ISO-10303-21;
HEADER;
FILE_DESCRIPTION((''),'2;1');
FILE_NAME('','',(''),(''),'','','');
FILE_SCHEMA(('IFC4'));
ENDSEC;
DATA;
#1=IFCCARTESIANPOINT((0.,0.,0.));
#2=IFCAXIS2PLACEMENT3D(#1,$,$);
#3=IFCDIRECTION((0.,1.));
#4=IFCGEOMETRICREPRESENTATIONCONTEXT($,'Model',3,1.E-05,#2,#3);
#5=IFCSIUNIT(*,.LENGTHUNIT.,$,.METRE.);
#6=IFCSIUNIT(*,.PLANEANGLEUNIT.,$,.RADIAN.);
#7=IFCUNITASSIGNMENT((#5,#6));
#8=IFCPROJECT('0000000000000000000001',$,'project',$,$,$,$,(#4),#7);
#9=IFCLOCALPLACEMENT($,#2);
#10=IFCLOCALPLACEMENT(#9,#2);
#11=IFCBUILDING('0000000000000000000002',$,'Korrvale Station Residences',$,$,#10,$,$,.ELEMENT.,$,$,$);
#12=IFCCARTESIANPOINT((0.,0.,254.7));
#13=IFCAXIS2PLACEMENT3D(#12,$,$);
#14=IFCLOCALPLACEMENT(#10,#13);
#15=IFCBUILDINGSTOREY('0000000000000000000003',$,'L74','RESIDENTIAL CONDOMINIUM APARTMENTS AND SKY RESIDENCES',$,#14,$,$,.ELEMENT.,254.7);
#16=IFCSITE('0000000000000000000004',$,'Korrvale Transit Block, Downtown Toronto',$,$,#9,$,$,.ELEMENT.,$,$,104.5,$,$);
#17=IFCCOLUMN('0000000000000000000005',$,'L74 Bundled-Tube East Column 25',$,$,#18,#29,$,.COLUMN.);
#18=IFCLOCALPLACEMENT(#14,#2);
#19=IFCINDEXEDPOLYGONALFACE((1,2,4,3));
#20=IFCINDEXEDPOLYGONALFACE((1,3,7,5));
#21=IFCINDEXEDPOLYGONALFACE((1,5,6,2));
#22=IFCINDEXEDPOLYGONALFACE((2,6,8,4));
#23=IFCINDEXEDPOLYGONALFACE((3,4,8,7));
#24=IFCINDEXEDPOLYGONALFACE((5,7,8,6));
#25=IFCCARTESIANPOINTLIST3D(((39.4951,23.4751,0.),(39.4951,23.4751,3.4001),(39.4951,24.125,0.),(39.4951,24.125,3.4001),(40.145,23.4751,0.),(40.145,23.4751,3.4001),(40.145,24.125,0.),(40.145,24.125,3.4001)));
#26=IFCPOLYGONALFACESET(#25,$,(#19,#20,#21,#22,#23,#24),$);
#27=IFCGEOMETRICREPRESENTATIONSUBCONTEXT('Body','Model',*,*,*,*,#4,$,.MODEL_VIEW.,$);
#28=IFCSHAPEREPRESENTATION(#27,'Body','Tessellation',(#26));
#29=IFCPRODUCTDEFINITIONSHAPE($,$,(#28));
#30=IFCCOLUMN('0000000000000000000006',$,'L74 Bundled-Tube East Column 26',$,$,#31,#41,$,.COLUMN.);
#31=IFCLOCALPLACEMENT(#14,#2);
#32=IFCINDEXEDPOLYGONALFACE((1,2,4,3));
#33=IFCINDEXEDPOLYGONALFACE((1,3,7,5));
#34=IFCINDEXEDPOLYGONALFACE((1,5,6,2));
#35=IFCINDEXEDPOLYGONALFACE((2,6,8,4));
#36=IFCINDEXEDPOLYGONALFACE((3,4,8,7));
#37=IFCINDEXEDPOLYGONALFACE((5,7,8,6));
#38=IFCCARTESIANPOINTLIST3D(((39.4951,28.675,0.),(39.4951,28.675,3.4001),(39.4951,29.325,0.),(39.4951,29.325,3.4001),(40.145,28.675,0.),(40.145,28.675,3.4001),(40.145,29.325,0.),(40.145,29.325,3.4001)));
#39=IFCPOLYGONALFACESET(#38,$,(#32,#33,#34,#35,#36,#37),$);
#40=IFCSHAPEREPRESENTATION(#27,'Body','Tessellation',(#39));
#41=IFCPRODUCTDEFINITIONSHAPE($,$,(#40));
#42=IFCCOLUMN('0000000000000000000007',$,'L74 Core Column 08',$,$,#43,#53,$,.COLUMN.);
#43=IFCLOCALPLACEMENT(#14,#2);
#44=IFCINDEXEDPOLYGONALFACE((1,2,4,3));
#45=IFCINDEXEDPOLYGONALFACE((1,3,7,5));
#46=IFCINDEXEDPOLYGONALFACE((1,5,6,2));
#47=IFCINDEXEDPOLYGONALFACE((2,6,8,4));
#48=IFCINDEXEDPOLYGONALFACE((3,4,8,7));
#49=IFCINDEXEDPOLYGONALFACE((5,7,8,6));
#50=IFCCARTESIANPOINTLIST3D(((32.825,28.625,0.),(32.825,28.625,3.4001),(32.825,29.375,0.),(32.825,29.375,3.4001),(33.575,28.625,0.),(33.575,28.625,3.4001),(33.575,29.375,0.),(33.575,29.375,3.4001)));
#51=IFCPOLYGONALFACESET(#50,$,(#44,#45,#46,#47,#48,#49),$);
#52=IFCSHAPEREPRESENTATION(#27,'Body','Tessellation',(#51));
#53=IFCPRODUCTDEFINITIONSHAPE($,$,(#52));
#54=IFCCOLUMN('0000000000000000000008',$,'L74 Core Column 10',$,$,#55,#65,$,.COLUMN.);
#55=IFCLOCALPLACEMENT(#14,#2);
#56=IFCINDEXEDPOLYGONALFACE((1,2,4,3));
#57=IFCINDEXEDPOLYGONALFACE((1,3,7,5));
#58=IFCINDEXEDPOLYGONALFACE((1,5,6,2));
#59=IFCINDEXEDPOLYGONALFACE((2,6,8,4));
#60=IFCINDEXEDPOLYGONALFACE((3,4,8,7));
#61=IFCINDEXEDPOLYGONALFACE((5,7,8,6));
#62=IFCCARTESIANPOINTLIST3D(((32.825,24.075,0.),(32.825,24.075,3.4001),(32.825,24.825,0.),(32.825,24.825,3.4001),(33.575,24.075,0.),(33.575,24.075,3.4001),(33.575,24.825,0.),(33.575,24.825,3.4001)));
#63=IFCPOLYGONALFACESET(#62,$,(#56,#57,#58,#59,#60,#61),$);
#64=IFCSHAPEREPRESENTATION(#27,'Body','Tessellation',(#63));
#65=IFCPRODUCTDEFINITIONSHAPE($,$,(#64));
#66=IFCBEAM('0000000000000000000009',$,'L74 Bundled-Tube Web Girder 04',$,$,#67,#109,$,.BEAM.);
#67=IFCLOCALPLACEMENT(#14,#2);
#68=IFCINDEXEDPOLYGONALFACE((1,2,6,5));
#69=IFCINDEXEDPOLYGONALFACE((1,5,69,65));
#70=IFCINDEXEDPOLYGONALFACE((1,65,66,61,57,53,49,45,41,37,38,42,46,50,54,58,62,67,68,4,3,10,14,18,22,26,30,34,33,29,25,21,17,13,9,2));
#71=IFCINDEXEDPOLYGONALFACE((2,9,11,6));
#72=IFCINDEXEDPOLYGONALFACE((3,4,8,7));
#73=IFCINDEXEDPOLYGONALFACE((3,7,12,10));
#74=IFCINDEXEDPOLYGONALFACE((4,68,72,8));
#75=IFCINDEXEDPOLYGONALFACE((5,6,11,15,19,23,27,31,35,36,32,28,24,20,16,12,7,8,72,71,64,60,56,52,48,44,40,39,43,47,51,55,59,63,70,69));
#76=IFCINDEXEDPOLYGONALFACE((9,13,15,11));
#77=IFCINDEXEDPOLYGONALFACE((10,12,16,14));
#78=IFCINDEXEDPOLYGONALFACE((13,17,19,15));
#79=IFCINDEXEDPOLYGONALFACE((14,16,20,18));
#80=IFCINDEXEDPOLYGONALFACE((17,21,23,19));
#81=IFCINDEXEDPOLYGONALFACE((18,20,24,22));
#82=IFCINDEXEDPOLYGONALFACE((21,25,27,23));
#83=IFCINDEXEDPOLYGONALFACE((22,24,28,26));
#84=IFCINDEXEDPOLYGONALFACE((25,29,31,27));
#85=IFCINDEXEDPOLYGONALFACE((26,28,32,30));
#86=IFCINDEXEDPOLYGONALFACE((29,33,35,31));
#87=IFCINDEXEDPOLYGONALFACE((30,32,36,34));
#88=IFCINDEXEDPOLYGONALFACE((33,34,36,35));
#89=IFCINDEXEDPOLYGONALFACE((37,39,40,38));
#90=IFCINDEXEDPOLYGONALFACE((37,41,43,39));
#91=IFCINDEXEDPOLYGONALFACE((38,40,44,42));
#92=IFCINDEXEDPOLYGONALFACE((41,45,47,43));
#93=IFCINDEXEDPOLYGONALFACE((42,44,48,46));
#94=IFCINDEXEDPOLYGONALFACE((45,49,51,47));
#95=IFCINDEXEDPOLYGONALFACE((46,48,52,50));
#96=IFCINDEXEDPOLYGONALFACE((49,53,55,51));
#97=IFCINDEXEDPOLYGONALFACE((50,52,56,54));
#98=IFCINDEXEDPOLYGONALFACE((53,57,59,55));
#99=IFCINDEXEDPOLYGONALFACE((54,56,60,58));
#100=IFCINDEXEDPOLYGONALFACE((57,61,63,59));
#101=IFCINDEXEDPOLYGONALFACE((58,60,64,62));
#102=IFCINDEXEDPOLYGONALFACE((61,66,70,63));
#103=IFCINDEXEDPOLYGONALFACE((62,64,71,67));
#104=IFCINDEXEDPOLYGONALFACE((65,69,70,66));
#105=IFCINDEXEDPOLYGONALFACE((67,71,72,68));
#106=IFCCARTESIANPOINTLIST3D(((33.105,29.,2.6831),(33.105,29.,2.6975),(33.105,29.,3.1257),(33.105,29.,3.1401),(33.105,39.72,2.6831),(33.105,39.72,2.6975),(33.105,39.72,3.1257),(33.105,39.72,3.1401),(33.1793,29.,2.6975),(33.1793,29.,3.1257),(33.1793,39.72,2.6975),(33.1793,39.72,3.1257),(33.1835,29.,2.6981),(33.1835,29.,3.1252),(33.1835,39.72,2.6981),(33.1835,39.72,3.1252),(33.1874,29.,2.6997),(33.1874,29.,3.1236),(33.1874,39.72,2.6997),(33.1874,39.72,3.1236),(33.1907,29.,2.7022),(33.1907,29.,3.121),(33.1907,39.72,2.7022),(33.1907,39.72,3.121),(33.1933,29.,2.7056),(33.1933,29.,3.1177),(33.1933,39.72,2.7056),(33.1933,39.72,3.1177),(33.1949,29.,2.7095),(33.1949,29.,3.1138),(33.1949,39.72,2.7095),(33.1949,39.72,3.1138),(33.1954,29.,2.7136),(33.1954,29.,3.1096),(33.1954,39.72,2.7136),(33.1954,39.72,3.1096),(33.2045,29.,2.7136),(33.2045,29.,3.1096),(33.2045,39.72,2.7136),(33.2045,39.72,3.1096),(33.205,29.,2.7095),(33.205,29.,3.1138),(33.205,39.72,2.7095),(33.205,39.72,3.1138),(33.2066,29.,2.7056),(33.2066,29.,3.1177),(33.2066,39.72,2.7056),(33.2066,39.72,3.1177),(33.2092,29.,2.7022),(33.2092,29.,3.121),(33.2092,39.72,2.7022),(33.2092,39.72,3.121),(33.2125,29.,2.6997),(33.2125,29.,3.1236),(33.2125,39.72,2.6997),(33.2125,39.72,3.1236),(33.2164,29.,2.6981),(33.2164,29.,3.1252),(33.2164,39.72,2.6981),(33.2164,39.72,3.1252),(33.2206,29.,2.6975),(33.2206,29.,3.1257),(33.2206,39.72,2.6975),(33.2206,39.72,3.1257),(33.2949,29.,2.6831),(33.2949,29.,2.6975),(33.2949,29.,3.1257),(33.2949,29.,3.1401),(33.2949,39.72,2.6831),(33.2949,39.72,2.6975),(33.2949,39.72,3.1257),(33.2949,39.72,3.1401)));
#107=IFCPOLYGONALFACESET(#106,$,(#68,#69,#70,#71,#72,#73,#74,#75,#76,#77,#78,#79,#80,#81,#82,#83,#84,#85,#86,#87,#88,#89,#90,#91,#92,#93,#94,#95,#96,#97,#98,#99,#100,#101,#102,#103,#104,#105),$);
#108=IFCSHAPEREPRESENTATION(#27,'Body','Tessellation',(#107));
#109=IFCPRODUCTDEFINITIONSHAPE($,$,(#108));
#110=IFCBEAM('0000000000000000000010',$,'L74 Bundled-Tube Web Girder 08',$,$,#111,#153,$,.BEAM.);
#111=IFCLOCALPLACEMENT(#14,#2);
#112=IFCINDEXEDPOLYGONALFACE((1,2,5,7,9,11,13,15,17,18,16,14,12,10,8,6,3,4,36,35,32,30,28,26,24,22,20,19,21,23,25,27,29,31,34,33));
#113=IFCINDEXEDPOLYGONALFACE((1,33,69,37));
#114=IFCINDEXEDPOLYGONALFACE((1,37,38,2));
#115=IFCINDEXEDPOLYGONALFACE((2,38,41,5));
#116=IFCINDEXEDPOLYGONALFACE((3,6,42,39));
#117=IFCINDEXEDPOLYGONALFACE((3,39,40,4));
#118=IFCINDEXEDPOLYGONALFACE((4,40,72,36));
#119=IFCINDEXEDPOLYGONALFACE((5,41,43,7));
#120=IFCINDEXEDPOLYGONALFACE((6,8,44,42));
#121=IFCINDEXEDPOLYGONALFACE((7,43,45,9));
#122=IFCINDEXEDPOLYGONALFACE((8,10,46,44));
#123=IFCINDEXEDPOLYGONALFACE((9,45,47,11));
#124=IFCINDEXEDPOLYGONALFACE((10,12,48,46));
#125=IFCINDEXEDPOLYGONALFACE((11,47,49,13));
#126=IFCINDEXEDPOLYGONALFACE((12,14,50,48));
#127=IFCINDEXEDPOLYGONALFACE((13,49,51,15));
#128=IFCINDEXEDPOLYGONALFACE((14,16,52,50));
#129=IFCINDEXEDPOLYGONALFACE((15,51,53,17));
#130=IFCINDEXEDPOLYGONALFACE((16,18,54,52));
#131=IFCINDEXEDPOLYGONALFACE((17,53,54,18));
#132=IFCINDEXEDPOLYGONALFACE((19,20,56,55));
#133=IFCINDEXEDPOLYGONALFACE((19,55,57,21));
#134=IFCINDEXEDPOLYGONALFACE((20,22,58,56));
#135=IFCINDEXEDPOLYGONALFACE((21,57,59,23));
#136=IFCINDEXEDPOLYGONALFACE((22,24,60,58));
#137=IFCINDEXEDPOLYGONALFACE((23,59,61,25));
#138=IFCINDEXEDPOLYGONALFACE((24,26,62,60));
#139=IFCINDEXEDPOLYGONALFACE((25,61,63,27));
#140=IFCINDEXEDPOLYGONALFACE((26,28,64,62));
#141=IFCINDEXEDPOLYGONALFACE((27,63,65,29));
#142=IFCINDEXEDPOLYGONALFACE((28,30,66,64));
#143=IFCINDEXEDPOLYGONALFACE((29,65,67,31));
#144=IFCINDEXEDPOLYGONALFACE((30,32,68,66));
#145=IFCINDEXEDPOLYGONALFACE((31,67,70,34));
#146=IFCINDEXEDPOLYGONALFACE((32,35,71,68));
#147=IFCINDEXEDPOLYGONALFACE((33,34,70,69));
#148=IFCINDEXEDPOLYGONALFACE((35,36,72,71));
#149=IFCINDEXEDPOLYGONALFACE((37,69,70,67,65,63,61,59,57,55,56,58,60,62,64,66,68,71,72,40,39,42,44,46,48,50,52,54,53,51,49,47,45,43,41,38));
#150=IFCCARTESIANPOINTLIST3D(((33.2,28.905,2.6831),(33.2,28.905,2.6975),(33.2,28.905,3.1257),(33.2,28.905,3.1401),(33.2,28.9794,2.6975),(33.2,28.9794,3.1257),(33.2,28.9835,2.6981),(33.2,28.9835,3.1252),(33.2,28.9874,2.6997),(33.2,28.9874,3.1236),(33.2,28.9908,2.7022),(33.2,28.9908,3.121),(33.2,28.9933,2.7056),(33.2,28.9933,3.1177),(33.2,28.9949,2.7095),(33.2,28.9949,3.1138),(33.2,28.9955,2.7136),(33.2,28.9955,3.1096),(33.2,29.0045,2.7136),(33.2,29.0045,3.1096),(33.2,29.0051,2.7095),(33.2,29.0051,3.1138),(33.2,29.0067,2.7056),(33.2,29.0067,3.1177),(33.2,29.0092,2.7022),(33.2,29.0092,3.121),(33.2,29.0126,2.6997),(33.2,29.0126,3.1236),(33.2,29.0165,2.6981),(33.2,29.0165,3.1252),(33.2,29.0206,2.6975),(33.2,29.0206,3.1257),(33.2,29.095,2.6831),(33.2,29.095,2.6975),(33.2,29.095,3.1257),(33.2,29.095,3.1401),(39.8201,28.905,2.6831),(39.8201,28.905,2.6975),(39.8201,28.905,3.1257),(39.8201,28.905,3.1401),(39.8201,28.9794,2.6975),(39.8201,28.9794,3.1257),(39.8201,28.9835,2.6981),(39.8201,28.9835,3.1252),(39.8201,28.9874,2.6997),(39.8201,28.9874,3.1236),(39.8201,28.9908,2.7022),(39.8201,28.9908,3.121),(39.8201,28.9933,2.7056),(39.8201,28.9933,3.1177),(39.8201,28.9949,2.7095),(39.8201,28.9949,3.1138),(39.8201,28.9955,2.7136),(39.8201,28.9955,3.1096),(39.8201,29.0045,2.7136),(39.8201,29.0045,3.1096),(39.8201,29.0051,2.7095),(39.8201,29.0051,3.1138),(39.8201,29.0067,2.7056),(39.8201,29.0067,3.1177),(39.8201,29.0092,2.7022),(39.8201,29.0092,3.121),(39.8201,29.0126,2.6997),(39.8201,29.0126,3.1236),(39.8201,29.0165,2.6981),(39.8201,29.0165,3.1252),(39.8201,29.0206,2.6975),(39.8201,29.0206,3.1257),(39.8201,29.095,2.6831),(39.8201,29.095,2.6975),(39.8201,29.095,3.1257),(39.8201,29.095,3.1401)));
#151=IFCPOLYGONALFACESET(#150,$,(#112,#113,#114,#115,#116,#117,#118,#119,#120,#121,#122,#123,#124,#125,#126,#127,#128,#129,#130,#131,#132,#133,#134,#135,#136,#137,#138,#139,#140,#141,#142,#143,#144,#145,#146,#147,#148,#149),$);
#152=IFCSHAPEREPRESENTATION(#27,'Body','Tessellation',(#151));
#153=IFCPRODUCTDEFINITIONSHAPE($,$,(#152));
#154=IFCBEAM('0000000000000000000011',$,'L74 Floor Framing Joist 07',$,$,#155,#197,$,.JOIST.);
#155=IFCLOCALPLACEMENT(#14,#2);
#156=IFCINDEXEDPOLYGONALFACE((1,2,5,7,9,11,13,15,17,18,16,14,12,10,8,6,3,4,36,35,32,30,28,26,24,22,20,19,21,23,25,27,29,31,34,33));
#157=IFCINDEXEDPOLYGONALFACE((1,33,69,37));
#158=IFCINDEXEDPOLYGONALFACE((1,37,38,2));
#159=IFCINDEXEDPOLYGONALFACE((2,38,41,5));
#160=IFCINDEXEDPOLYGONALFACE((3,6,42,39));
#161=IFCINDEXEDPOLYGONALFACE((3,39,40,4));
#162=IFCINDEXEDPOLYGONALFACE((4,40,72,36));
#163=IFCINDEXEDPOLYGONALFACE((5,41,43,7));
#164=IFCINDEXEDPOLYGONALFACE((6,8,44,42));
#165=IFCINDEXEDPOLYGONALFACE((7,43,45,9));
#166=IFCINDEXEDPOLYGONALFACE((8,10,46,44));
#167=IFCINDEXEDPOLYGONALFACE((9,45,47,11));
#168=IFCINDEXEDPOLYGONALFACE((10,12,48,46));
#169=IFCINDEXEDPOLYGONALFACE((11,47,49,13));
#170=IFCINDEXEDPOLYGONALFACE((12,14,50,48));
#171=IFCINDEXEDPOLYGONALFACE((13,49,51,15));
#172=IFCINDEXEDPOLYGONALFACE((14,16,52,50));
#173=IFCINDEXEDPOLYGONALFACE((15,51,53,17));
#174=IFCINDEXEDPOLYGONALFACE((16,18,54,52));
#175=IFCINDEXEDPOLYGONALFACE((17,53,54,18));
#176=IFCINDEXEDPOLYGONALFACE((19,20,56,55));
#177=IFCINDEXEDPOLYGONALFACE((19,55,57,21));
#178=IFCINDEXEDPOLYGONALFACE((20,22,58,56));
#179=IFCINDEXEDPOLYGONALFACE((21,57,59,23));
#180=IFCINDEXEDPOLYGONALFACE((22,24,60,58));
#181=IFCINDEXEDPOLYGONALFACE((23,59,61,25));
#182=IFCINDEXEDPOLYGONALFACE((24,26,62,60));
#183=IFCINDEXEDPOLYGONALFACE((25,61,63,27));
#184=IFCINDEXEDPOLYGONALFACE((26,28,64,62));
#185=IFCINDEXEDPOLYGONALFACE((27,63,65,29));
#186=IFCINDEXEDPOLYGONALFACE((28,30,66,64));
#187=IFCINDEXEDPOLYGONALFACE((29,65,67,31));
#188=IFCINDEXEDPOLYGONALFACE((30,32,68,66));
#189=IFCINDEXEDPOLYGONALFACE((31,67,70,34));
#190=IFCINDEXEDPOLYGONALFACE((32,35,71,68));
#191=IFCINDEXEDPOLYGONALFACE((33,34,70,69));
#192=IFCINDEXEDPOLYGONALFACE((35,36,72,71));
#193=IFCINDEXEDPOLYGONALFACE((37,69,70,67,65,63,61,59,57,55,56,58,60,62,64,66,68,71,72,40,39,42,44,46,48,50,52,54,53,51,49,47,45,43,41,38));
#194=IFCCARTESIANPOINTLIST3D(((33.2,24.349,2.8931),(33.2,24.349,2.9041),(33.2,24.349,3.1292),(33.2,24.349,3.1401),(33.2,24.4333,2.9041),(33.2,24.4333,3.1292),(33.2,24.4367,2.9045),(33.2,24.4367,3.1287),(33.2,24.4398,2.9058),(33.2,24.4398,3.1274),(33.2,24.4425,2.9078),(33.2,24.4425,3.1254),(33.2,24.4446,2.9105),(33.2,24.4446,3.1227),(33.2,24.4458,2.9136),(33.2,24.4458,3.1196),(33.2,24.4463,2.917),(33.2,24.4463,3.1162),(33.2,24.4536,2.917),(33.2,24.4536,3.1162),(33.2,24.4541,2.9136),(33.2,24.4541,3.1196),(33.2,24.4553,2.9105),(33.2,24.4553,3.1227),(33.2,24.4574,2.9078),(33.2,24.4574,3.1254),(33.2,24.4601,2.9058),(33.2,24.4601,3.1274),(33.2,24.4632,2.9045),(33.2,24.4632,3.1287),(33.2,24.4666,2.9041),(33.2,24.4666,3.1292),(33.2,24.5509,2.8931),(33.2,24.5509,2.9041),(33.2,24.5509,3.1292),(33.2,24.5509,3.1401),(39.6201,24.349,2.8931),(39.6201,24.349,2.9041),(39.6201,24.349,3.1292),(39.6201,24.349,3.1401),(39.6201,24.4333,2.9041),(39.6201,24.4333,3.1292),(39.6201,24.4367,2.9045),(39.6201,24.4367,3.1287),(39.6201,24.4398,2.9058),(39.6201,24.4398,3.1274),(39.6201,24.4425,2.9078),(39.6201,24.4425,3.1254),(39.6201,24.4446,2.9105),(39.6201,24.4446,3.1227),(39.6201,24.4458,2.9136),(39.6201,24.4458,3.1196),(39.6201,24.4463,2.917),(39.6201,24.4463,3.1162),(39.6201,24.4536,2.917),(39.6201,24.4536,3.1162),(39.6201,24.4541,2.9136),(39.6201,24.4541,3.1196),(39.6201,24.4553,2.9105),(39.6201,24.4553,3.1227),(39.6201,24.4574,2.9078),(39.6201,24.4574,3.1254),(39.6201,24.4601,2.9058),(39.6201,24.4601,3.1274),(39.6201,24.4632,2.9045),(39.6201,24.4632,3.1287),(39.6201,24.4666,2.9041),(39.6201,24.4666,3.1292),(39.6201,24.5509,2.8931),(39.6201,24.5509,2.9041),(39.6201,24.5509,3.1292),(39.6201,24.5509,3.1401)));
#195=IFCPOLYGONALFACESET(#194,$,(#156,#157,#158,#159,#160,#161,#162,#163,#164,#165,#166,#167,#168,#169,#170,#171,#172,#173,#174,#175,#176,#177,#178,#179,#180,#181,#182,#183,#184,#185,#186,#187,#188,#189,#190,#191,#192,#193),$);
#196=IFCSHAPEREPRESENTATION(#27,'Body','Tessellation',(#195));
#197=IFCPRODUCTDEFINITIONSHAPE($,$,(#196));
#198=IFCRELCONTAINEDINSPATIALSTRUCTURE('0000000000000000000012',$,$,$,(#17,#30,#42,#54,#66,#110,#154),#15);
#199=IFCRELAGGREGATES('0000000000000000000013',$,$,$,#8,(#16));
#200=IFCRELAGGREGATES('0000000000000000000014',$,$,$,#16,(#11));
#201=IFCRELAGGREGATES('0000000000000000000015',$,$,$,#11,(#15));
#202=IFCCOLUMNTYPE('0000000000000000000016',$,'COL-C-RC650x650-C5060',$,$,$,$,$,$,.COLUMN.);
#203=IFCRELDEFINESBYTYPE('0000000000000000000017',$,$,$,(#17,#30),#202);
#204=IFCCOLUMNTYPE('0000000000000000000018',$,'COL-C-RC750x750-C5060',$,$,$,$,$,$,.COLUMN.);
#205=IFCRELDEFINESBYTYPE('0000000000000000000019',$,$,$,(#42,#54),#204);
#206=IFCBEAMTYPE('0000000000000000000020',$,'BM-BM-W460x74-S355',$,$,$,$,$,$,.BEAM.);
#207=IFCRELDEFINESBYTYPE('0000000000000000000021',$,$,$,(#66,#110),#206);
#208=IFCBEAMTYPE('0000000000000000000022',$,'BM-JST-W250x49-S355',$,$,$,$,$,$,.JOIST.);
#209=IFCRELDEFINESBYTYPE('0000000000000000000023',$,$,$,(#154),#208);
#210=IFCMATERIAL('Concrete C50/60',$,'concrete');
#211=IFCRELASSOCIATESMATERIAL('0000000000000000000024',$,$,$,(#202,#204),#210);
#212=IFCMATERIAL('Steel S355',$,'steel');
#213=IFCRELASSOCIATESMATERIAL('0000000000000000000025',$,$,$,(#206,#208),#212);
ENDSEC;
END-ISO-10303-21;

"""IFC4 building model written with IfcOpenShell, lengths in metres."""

from ifc_helpers import new_model, si_unit, direction, frame, origin, origin_2d, place, context, subcontext, project, spatial, rectangle, i_section, extrude, material, material_profile, profile_set, type_object, element, save


model = new_model("IFC4")

# Units and contexts
model_context = context("Model", 3, precision=1e-05, world=origin(), true_north=direction((0.0, 1.0)))
body_context = subcontext(model_context, "Body", "Model", "MODEL_VIEW")
ifc_project = project(units=[si_unit("LENGTHUNIT", "METRE"), si_unit("PLANEANGLEUNIT", "RADIAN")], contexts=[model_context])

# Site, building, storey
site_placement = place(None, origin())
site = spatial("IfcSite", under=ifc_project, at=site_placement, Name="Korrvale Transit Block, Downtown Toronto", CompositionType="ELEMENT", RefElevation=104.5)
building_placement = place(site_placement, origin())
building = spatial("IfcBuilding", under=site, at=building_placement, Name="Korrvale Station Residences", CompositionType="ELEMENT")
storey_placement = place(building_placement, frame((0.0, 0.0, 254.7)))
storey = spatial("IfcBuildingStorey", under=building, at=storey_placement, Name="L74", Description="RESIDENTIAL CONDOMINIUM APARTMENTS AND SKY RESIDENCES", CompositionType="ELEMENT", Elevation=254.7)

# Columns
ifc_material_1 = material(Name="Concrete C50/60", Category="concrete")
ifc_material_profile_1 = material_profile(ifc_material_1, rectangle(XDim=0.6499, YDim=0.6499, at=origin_2d()), Name="RC650x650")
ifc_profile_set_1 = profile_set([ifc_material_profile_1], Name="Concrete C50/60")
column_type_1 = type_object("IfcColumnType", Name="COL-C-RC650x650-C5060", PredefinedType="COLUMN", material=ifc_profile_set_1)
for number, where, z_axis, x_axis, name in (
    (1, (39.8201, 23.8, 0.0), (0.0, 0.0, 1.0), (1.0, 0.0, 0.0), "L74 Bundled-Tube East Column 25"),
    (2, (39.8201, 29.0, 0.0), (0.0, 0.0, 1.0), (1.0, 0.0, 0.0), "L74 Bundled-Tube East Column 26"),
):
    element("IfcColumn", number, at=place(storey_placement, frame(where, z_axis=z_axis, x_axis=x_axis)), inside=storey, type_object=column_type_1, Name=name, PredefinedType="COLUMN", context=body_context, shape_type="SweptSolid", body=[
        extrude(rectangle(XDim=0.6499, YDim=0.6499, at=origin_2d()), origin(), (0.0, 0.0, 1.0), 3.4001),
    ])
ifc_material_profile_2 = material_profile(ifc_material_1, rectangle(XDim=0.75, YDim=0.75, at=origin_2d()), Name="RC750x750")
ifc_profile_set_2 = profile_set([ifc_material_profile_2], Name="Concrete C50/60")
column_type_2 = type_object("IfcColumnType", Name="COL-C-RC750x750-C5060", PredefinedType="COLUMN", material=ifc_profile_set_2)
for number, where, z_axis, x_axis, name in (
    (3, (33.2, 29.0, 0.0), (0.0, 0.0, 1.0), (1.0, 0.0, 0.0), "L74 Core Column 08"),
    (4, (33.2, 24.45, 0.0), (0.0, 0.0, 1.0), (1.0, 0.0, 0.0), "L74 Core Column 10"),
):
    element("IfcColumn", number, at=place(storey_placement, frame(where, z_axis=z_axis, x_axis=x_axis)), inside=storey, type_object=column_type_2, Name=name, PredefinedType="COLUMN", context=body_context, shape_type="SweptSolid", body=[
        extrude(rectangle(XDim=0.75, YDim=0.75, at=origin_2d()), origin(), (0.0, 0.0, 1.0), 3.4001),
    ])

# Beams
ifc_material_2 = material(Name="Steel S355", Category="steel")
ifc_material_profile_3 = material_profile(ifc_material_2, i_section(OverallWidth=0.1899, OverallDepth=0.457, WebThickness=0.009, FlangeThickness=0.0144, FilletRadius=0.0161, at=origin_2d()), Name="W460x74")
ifc_profile_set_3 = profile_set([ifc_material_profile_3], Name="Steel S355")
beam_type_1 = type_object("IfcBeamType", Name="BM-BM-W460x74-S355", PredefinedType="BEAM", material=ifc_profile_set_3)
beam_1_placement = place(storey_placement, frame((33.2, 29.0, 2.9116), z_axis=(0.0, 1.0, 0.0), x_axis=(-1.0, 0.0, 0.0)))
element("IfcBeam", 5, at=beam_1_placement, inside=storey, type_object=beam_type_1, Name="L74 Bundled-Tube Web Girder 04", PredefinedType="BEAM", context=body_context, shape_type="SweptSolid", body=[
    extrude(i_section(OverallWidth=0.1899, OverallDepth=0.457, WebThickness=0.009, FlangeThickness=0.0144, FilletRadius=0.0161, at=origin_2d()), origin(), (0.0, 0.0, 1.0), 10.72),
])
beam_2_placement = place(storey_placement, frame((33.2, 29.0, 2.9116), z_axis=(1.0, 0.0, 0.0), x_axis=(0.0, 1.0, 0.0)))
element("IfcBeam", 6, at=beam_2_placement, inside=storey, type_object=beam_type_1, Name="L74 Bundled-Tube Web Girder 08", PredefinedType="BEAM", context=body_context, shape_type="SweptSolid", body=[
    extrude(i_section(OverallWidth=0.1899, OverallDepth=0.457, WebThickness=0.009, FlangeThickness=0.0144, FilletRadius=0.0161, at=origin_2d()), origin(), (0.0, 0.0, 1.0), 6.6201),
])
ifc_material_profile_4 = material_profile(ifc_material_2, i_section(OverallWidth=0.2019, OverallDepth=0.2471, WebThickness=0.0073, FlangeThickness=0.011, FilletRadius=0.0129, at=origin_2d()), Name="W250x49")
ifc_profile_set_4 = profile_set([ifc_material_profile_4], Name="Steel S355")
beam_type_2 = type_object("IfcBeamType", Name="BM-JST-W250x49-S355", PredefinedType="JOIST", material=ifc_profile_set_4)
beam_3_placement = place(storey_placement, frame((33.2, 24.45, 3.0166), z_axis=(1.0, 0.0, 0.0), x_axis=(0.0, 1.0, 0.0)))
element("IfcBeam", 7, at=beam_3_placement, inside=storey, type_object=beam_type_2, Name="L74 Floor Framing Joist 07", PredefinedType="JOIST", context=body_context, shape_type="SweptSolid", body=[
    extrude(i_section(OverallWidth=0.2019, OverallDepth=0.2471, WebThickness=0.0073, FlangeThickness=0.011, FilletRadius=0.0129, at=origin_2d()), origin(), (0.0, 0.0, 1.0), 6.4202),
])

save(model, "model.ifc")
